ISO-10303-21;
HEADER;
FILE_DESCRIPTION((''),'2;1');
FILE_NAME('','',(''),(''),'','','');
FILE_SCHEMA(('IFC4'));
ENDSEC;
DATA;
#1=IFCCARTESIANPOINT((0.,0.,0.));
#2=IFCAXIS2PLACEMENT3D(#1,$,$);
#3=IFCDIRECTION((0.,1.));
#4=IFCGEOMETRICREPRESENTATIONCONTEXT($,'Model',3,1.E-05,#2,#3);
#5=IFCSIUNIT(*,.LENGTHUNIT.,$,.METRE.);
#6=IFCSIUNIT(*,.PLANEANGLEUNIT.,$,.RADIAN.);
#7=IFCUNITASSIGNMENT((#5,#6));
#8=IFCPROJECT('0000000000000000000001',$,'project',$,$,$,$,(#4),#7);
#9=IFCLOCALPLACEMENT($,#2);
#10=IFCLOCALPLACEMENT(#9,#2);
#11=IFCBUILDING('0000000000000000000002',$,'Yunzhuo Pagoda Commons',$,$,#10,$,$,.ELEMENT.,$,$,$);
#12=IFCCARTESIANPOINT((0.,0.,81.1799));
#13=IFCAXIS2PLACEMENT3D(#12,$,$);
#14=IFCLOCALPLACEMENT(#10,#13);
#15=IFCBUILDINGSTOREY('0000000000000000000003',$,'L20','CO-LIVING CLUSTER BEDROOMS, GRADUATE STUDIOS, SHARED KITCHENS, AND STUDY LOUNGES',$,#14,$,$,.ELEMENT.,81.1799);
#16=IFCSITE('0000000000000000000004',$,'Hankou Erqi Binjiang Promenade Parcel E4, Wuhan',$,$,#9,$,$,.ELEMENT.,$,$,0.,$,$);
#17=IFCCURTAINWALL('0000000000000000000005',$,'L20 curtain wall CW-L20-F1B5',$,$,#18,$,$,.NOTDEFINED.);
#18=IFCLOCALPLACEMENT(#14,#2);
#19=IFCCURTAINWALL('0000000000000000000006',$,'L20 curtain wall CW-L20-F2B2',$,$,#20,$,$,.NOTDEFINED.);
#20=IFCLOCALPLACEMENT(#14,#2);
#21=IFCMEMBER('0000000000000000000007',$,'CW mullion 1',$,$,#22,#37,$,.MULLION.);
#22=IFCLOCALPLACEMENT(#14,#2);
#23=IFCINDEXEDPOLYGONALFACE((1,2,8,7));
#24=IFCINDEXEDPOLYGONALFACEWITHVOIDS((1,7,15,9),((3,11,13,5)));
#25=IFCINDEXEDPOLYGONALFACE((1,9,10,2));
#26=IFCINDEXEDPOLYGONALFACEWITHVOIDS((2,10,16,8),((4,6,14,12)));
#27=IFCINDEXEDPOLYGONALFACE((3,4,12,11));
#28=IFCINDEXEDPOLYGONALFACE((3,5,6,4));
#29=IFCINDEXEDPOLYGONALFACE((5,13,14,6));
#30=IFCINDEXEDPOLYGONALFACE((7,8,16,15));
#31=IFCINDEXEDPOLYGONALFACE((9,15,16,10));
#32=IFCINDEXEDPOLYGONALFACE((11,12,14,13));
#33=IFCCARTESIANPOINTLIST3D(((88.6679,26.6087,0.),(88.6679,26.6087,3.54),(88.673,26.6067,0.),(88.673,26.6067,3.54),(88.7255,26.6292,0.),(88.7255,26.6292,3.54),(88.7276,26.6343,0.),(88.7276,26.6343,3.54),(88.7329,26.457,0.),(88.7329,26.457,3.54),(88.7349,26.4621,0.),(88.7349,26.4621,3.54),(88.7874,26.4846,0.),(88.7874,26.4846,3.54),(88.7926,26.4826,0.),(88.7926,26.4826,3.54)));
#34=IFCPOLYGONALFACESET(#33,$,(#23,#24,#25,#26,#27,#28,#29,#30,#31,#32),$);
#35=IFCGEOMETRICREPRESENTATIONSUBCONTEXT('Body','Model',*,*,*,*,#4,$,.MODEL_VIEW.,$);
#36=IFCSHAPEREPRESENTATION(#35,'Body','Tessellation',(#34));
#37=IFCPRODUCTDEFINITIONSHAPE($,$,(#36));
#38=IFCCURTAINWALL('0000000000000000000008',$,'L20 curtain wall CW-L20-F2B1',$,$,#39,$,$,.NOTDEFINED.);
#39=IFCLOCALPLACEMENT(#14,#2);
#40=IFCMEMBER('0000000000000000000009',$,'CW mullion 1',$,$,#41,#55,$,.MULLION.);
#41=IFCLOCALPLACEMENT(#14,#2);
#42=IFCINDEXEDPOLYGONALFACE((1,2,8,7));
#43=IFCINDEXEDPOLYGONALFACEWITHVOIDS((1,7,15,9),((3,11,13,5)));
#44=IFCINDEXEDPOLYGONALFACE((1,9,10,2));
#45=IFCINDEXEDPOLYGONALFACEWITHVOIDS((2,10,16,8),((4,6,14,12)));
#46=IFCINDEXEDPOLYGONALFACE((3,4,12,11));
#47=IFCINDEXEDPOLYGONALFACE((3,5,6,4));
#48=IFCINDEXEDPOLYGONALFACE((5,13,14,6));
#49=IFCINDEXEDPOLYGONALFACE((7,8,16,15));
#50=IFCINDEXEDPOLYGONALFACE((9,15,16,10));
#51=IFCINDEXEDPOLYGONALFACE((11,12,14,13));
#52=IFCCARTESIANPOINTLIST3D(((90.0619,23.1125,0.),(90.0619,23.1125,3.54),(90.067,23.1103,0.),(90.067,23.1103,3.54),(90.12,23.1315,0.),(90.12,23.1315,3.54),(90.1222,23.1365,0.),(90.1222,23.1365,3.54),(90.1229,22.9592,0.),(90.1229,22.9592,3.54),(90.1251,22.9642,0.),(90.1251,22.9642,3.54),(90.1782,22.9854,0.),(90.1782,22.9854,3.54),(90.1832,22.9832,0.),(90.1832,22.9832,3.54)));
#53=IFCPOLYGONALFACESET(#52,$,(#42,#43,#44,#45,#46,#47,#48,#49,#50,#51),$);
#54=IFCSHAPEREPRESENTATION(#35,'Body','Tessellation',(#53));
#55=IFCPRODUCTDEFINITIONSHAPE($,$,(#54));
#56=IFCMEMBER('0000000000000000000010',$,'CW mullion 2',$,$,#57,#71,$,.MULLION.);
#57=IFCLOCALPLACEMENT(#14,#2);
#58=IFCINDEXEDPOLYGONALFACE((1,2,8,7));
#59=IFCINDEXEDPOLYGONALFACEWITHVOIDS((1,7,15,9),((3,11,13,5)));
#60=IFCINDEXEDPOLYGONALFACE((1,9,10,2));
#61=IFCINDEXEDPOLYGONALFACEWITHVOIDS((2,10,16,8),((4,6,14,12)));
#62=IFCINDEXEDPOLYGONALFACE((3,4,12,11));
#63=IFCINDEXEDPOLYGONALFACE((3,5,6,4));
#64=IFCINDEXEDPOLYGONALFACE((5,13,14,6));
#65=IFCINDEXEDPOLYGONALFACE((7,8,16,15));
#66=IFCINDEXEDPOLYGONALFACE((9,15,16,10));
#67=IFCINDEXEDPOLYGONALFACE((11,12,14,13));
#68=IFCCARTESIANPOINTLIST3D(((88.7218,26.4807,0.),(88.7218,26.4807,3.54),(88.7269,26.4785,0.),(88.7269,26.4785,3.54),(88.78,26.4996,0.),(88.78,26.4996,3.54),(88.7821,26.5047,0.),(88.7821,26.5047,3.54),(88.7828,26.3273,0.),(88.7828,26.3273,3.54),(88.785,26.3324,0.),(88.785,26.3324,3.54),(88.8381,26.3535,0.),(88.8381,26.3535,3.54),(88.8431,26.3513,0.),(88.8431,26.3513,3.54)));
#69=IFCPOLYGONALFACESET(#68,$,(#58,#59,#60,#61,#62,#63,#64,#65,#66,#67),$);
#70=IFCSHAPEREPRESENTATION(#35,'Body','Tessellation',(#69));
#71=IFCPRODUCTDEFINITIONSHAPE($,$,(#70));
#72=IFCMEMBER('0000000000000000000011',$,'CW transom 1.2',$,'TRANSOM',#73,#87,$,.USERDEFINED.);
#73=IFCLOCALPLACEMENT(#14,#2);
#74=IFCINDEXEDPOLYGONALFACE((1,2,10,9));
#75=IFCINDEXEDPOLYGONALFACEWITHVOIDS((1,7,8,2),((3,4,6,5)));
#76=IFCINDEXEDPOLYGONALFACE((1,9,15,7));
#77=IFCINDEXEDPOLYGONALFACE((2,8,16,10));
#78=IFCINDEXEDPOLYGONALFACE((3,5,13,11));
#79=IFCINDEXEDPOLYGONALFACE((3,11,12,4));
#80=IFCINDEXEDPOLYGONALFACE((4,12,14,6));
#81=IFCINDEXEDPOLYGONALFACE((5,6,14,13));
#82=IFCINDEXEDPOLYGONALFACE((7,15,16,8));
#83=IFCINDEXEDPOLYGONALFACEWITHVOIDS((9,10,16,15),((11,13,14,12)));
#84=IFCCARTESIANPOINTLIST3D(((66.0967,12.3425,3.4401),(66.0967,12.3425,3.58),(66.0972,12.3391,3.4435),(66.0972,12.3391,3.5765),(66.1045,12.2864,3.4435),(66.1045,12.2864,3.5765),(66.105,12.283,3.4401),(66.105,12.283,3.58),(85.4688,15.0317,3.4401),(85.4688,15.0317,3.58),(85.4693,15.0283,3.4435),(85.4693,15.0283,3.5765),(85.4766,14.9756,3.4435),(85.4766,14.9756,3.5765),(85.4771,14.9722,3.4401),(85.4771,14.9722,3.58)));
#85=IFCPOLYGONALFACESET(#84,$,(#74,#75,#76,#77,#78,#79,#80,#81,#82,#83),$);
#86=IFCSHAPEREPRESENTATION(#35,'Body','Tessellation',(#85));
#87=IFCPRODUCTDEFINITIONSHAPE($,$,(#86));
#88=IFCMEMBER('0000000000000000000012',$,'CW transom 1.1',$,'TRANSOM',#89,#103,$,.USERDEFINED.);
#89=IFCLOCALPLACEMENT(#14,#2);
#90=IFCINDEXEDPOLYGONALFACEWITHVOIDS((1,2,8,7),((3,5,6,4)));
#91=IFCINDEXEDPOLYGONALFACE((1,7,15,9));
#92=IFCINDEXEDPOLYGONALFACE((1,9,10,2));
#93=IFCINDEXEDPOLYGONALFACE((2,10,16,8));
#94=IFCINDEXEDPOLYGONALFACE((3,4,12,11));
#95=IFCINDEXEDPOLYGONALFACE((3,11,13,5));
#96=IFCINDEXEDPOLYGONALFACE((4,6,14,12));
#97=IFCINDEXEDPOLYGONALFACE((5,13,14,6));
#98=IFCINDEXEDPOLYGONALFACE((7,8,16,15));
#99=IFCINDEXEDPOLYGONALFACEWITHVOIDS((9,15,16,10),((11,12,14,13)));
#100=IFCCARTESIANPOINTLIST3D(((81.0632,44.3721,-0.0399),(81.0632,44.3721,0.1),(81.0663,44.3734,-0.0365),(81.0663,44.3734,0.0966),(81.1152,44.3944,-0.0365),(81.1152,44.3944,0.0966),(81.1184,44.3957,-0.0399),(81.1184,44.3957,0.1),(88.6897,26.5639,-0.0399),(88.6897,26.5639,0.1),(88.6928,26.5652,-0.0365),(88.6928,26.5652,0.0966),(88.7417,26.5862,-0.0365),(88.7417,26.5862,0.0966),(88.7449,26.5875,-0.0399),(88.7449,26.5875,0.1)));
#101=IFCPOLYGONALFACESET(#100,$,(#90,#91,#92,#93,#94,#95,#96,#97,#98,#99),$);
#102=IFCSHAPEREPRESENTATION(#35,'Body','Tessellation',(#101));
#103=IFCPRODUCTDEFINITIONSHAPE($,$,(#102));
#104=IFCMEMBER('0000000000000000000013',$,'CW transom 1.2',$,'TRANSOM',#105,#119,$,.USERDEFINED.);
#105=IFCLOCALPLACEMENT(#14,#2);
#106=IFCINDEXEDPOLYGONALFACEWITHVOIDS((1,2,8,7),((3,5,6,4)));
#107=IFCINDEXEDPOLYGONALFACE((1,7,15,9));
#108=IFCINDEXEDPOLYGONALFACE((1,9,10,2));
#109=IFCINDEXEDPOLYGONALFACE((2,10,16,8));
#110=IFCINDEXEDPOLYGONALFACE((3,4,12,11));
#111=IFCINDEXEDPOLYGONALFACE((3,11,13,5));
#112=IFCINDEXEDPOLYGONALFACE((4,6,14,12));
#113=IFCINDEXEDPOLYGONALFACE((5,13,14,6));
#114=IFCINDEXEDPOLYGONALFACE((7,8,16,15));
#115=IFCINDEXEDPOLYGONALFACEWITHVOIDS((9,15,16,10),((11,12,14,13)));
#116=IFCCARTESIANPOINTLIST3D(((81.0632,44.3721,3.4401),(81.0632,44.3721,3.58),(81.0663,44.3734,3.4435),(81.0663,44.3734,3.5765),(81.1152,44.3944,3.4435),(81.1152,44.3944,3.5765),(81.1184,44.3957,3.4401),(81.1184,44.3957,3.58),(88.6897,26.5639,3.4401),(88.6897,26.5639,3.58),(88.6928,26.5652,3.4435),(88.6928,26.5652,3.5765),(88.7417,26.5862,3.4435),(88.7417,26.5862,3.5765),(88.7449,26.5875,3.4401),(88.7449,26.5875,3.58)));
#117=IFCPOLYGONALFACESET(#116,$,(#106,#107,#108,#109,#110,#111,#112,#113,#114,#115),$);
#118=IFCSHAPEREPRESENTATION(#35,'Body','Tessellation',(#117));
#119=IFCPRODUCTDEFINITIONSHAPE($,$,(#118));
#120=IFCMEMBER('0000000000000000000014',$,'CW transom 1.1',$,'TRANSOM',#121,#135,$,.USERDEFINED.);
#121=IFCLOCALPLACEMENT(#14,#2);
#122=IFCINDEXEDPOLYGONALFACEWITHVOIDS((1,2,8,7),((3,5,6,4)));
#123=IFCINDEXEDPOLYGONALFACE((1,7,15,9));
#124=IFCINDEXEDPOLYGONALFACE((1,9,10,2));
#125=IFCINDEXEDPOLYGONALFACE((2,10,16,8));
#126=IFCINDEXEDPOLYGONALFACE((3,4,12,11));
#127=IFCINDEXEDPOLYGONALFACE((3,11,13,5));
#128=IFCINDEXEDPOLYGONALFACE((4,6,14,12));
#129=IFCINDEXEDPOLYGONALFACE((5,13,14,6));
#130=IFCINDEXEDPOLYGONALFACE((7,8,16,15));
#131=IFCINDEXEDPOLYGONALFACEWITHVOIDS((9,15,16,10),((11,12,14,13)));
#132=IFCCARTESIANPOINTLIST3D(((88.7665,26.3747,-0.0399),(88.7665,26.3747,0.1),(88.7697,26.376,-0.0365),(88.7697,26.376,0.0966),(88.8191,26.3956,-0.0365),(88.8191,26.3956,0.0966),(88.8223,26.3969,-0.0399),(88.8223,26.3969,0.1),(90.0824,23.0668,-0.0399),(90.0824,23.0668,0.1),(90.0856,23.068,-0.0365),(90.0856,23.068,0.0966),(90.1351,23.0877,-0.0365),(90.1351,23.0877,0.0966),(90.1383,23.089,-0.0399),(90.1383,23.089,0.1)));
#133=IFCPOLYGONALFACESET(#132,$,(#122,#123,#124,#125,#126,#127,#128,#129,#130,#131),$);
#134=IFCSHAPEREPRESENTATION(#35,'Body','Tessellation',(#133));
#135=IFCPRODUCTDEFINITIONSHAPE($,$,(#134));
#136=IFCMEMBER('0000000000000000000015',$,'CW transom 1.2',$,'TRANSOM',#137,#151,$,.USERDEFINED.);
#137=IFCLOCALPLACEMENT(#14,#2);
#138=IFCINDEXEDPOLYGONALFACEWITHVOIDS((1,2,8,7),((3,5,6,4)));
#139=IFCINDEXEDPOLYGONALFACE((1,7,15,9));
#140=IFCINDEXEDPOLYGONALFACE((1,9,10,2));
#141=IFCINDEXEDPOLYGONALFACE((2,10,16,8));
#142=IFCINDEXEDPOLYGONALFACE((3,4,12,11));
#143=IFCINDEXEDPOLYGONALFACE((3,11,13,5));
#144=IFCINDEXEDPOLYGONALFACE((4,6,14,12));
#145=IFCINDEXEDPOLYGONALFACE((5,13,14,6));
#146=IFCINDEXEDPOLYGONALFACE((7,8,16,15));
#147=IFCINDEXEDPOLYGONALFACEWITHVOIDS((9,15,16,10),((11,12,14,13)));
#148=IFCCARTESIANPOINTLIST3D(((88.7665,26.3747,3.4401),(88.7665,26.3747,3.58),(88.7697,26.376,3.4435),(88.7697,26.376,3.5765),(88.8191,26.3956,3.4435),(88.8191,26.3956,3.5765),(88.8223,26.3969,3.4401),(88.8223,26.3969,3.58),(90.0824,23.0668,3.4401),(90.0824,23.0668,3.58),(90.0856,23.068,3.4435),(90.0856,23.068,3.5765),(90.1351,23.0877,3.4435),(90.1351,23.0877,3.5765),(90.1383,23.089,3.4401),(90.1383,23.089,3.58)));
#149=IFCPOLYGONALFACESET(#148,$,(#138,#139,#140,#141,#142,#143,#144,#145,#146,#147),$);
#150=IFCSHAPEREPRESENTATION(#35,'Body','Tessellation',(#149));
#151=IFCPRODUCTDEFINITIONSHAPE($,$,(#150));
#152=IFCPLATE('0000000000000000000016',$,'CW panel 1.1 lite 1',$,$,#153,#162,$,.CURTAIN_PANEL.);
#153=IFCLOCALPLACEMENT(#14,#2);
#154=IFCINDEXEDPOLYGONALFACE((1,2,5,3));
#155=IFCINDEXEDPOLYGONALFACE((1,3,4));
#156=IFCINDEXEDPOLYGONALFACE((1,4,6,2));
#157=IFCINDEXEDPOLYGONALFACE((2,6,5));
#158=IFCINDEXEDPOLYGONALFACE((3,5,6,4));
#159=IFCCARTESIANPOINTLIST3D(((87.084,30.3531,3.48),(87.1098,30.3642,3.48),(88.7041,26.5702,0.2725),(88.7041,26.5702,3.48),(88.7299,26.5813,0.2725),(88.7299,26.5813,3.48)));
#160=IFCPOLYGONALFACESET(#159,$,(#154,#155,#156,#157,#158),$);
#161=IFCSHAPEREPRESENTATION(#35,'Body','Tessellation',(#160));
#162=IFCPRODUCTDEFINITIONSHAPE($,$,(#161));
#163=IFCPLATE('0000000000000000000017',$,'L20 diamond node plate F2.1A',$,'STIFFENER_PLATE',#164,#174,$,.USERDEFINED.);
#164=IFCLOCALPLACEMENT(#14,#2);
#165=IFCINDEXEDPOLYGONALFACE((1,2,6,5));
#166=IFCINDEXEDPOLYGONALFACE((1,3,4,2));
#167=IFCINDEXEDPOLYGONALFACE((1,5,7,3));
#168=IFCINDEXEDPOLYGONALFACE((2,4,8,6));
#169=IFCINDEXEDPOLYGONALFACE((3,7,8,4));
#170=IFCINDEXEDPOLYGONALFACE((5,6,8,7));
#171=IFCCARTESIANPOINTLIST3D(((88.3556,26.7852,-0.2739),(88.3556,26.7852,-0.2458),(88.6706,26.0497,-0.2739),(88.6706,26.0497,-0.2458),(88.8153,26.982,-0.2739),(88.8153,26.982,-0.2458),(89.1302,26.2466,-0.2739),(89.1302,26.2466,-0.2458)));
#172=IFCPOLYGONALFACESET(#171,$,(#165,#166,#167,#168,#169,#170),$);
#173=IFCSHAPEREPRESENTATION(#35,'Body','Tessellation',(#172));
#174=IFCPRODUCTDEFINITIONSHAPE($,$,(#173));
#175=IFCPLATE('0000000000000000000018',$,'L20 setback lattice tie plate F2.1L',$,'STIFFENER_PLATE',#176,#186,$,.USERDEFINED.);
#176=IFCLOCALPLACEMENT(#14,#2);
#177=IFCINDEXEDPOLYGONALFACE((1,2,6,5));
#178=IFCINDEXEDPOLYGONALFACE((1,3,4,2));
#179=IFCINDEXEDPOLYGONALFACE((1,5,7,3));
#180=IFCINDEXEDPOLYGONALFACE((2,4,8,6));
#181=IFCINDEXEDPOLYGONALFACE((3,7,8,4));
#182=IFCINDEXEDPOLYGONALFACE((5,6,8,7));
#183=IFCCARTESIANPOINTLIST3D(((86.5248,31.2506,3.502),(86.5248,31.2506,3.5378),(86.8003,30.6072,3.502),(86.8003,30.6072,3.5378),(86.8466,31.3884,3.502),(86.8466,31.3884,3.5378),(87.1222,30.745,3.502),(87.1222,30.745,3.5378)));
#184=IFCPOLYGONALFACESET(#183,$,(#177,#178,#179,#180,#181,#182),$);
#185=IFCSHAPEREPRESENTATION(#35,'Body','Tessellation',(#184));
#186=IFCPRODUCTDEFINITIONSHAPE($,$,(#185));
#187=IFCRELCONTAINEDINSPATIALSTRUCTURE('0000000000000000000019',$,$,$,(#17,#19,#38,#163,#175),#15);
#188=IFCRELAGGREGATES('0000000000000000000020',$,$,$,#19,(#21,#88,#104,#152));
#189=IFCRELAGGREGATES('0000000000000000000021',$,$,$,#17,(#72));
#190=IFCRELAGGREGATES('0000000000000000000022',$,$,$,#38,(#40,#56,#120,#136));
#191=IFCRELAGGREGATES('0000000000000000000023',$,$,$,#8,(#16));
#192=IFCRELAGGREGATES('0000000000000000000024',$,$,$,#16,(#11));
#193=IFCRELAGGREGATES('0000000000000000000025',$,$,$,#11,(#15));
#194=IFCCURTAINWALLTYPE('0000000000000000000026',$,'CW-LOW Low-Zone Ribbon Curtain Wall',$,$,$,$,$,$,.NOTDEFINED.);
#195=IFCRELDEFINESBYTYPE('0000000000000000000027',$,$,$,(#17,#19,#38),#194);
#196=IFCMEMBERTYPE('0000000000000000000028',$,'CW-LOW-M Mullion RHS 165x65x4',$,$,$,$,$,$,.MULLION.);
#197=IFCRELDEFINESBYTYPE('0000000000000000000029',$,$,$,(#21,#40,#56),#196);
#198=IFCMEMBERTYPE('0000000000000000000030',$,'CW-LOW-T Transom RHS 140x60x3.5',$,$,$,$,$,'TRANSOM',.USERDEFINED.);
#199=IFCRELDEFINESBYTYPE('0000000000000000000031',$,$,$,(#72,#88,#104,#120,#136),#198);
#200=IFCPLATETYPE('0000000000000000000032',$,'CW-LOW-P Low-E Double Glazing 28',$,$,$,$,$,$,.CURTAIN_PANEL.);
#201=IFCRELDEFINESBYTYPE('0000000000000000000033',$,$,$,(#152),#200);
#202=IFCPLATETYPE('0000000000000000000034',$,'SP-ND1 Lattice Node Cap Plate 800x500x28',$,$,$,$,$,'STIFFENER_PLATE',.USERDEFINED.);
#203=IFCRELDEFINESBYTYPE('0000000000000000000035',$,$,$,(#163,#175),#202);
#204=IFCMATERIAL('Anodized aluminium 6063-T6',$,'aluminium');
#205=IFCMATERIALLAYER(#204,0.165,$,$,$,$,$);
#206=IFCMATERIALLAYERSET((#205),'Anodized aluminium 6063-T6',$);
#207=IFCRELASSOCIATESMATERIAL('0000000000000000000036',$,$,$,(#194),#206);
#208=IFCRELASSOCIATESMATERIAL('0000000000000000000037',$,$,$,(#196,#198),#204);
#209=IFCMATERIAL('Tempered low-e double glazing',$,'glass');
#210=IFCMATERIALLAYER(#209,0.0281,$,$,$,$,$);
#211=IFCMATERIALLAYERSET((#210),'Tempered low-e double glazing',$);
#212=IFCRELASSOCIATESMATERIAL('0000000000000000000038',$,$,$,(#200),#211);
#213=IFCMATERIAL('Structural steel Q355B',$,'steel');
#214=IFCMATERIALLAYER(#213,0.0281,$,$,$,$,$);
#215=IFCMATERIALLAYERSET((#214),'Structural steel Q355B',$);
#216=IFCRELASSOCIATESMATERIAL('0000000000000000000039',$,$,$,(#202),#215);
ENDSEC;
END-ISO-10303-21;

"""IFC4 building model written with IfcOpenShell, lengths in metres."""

from ifc_helpers import new_model, si_unit, direction, frame, origin, origin_2d, place, context, subcontext, project, spatial, polyline, rectangle, hollow_rectangle, outline, extrude, source, transform, mapped, material, layer, layer_set, material_profile, profile_set, type_object, element, aggregate, save


model = new_model("IFC4")

# Units and contexts
model_context = context("Model", 3, precision=1e-05, world=origin(), true_north=direction((0.0, 1.0)))
body_context = subcontext(model_context, "Body", "Model", "MODEL_VIEW")
ifc_project = project(units=[si_unit("LENGTHUNIT", "METRE"), si_unit("PLANEANGLEUNIT", "RADIAN")], contexts=[model_context])

# Site, building, storey
site_placement = place(None, origin())
site = spatial("IfcSite", under=ifc_project, at=site_placement, Name="Hankou Erqi Binjiang Promenade Parcel E4, Wuhan", CompositionType="ELEMENT", RefElevation=0.0)
building_placement = place(site_placement, origin())
building = spatial("IfcBuilding", under=site, at=building_placement, Name="Yunzhuo Pagoda Commons", CompositionType="ELEMENT")
storey_placement = place(building_placement, frame((0.0, 0.0, 81.1799)))
storey = spatial("IfcBuildingStorey", under=building, at=storey_placement, Name="L20", Description="CO-LIVING CLUSTER BEDROOMS, GRADUATE STUDIOS, SHARED KITCHENS, AND STUDY LOUNGES", CompositionType="ELEMENT", Elevation=81.1799)

# Shared definitions
ifc_material_1 = material(Name="Structural steel Q355B", Category="steel")

# Curtain walls, member
ifc_material_2 = material(Name="Anodized aluminium 6063-T6", Category="aluminium")
ifc_layer_1 = layer(ifc_material_2, 0.165)
ifc_layer_set_1 = layer_set([ifc_layer_1], Name="Anodized aluminium 6063-T6")
curtain_wall_type = type_object("IfcCurtainWallType", Name="CW-LOW Low-Zone Ribbon Curtain Wall", PredefinedType="NOTDEFINED", material=ifc_layer_set_1)
curtain_wall_1_placement = place(storey_placement, origin())
curtain_wall_1 = element("IfcCurtainWall", 1, at=curtain_wall_1_placement, inside=storey, type_object=curtain_wall_type, Name="L20 curtain wall CW-L20-F1B5", PredefinedType="NOTDEFINED")
ifc_material_profile_1 = material_profile(ifc_material_2, hollow_rectangle(XDim=0.0649, YDim=0.165, WallThickness=0.0039, at=origin_2d()), Name="Anodized aluminium 6063-T6")
ifc_profile_set_1 = profile_set([ifc_material_profile_1], Name="Anodized aluminium 6063-T6")
member_type_1 = type_object("IfcMemberType", Name="CW-LOW-M Mullion RHS 165x65x4", PredefinedType="MULLION", material=ifc_profile_set_1)
shared_shape_1 = source(origin(), body_context, "Body", "SweptSolid", [
    extrude(hollow_rectangle(XDim=0.0649, YDim=0.165, WallThickness=0.0039, at=origin_2d()), origin(), (0.0, 0.0, 1.0), 3.54),
])
curtain_wall_2_placement = place(storey_placement, origin())
curtain_wall_2 = element("IfcCurtainWall", 2, at=curtain_wall_2_placement, inside=storey, type_object=curtain_wall_type, Name="L20 curtain wall CW-L20-F2B2", PredefinedType="NOTDEFINED")
member_1_placement = place(storey_placement, frame((88.7302, 26.5457, 0.0), z_axis=(0.0, 0.0, 1.0), x_axis=(-0.91925, -0.393674, 0.0)))
member_1 = element("IfcMember", 3, at=member_1_placement, type_object=member_type_1, Name="CW mullion 1", PredefinedType="MULLION", context=body_context, shape_type="MappedRepresentation", body=[
    mapped(shared_shape_1, transform((0.0, 0.0, 0.0), scale=1.0)),
])

# Curtain wall, members
curtain_wall_3_placement = place(storey_placement, origin())
curtain_wall_3 = element("IfcCurtainWall", 4, at=curtain_wall_3_placement, inside=storey, type_object=curtain_wall_type, Name="L20 curtain wall CW-L20-F2B1", PredefinedType="NOTDEFINED")
member_2_placement = place(storey_placement, frame((90.1226, 23.0479, 0.0), z_axis=(0.0, 0.0, 1.0), x_axis=(-0.92917, -0.369652, 0.0)))
member_2 = element("IfcMember", 5, at=member_2_placement, type_object=member_type_1, Name="CW mullion 1", PredefinedType="MULLION", context=body_context, shape_type="MappedRepresentation", body=[
    mapped(shared_shape_1, transform((0.0, 0.0, 0.0), scale=1.0)),
])
member_3_placement = place(storey_placement, frame((88.7825, 26.416, 0.0), z_axis=(0.0, 0.0, 1.0), x_axis=(-0.92917, -0.369652, 0.0)))
member_3 = element("IfcMember", 6, at=member_3_placement, type_object=member_type_1, Name="CW mullion 2", PredefinedType="MULLION", context=body_context, shape_type="MappedRepresentation", body=[
    mapped(shared_shape_1, transform((0.0, 0.0, 0.0), scale=1.0)),
])

# Members
ifc_material_profile_2 = material_profile(ifc_material_2, hollow_rectangle(XDim=0.0601, YDim=0.1399, WallThickness=0.0034, at=origin_2d()), Name="Anodized aluminium 6063-T6")
ifc_profile_set_2 = profile_set([ifc_material_profile_2], Name="Anodized aluminium 6063-T6")
member_type_2 = type_object("IfcMemberType", Name="CW-LOW-T Transom RHS 140x60x3.5", ElementType="TRANSOM", PredefinedType="USERDEFINED", material=ifc_profile_set_2)
shared_shape_2 = source(origin(), body_context, "Body", "SweptSolid", [
    extrude(hollow_rectangle(XDim=0.0601, YDim=0.1399, WallThickness=0.0034, at=origin_2d()), origin(), (0.0, 0.0, 1.0), 19.5579),
])
member_4_placement = place(storey_placement, frame((66.1008, 12.3127, 3.51), z_axis=(0.990502, 0.1375, 0.0), x_axis=(-0.1375, 0.990502, 0.0)))
member_4 = element("IfcMember", 7, at=member_4_placement, type_object=member_type_2, Name="CW transom 1.2", ObjectType="TRANSOM", PredefinedType="USERDEFINED", context=body_context, shape_type="MappedRepresentation", body=[
    mapped(shared_shape_2, transform((0.0, 0.0, 0.0), scale=1.0)),
])
shared_shape_3 = source(origin(), body_context, "Body", "SweptSolid", [
    extrude(hollow_rectangle(XDim=0.0601, YDim=0.1399, WallThickness=0.0034, at=origin_2d()), origin(), (0.0, 0.0, 1.0), 19.3726),
])
member_5_placement = place(storey_placement, frame((88.7173, 26.5757, 0.03), z_axis=(-0.393676, 0.919249, 0.0), x_axis=(-0.919249, -0.393676, 0.0)))
member_5 = element("IfcMember", 8, at=member_5_placement, type_object=member_type_2, Name="CW transom 1.1", ObjectType="TRANSOM", PredefinedType="USERDEFINED", context=body_context, shape_type="MappedRepresentation", body=[
    mapped(shared_shape_3, transform((0.0, 0.0, 0.0), scale=1.0)),
])
member_6_placement = place(storey_placement, frame((88.7173, 26.5757, 3.51), z_axis=(-0.393676, 0.919249, 0.0), x_axis=(-0.919249, -0.393676, 0.0)))
member_6 = element("IfcMember", 9, at=member_6_placement, type_object=member_type_2, Name="CW transom 1.2", ObjectType="TRANSOM", PredefinedType="USERDEFINED", context=body_context, shape_type="MappedRepresentation", body=[
    mapped(shared_shape_3, transform((0.0, 0.0, 0.0), scale=1.0)),
])
shared_shape_4 = source(origin(), body_context, "Body", "SweptSolid", [
    extrude(hollow_rectangle(XDim=0.0601, YDim=0.1399, WallThickness=0.0034, at=origin_2d()), origin(), (0.0, 0.0, 1.0), 3.5601),
])
member_7_placement = place(storey_placement, frame((90.1104, 23.0779, 0.03), z_axis=(-0.36964, 0.929175, 0.0), x_axis=(-0.929175, -0.36964, 0.0)))
member_7 = element("IfcMember", 10, at=member_7_placement, type_object=member_type_2, Name="CW transom 1.1", ObjectType="TRANSOM", PredefinedType="USERDEFINED", context=body_context, shape_type="MappedRepresentation", body=[
    mapped(shared_shape_4, transform((0.0, 0.0, 0.0), scale=1.0)),
])
member_8_placement = place(storey_placement, frame((90.1104, 23.0779, 3.51), z_axis=(-0.36964, 0.929175, 0.0), x_axis=(-0.929175, -0.36964, 0.0)))
member_8 = element("IfcMember", 11, at=member_8_placement, type_object=member_type_2, Name="CW transom 1.2", ObjectType="TRANSOM", PredefinedType="USERDEFINED", context=body_context, shape_type="MappedRepresentation", body=[
    mapped(shared_shape_4, transform((0.0, 0.0, 0.0), scale=1.0)),
])

# Plate
ifc_material_3 = material(Name="Tempered low-e double glazing", Category="glass")
ifc_layer_2 = layer(ifc_material_3, 0.0281)
ifc_layer_set_2 = layer_set([ifc_layer_2], Name="Tempered low-e double glazing")
plate_type_1 = type_object("IfcPlateType", Name="CW-LOW-P Low-E Double Glazing 28", PredefinedType="CURTAIN_PANEL", material=ifc_layer_set_2)
plate_1_placement = place(storey_placement, frame((87.894, 28.4617, 1.8762), z_axis=(0.91925, 0.393674, 0.0), x_axis=(-0.393674, 0.91925, 0.0)))
plate_1 = element("IfcPlate", 12, at=plate_1_placement, type_object=plate_type_1, Name="CW panel 1.1 lite 1", PredefinedType="CURTAIN_PANEL", context=body_context, shape_type="SweptSolid", body=[
    extrude(outline(polyline([(-2.0576, -1.6038), (2.0576, 1.6038), (-2.0576, 1.6038), (-2.0576, -1.6038)])), origin(), (0.0, 0.0, 1.0), 0.0281),
])
aggregate(curtain_wall_2, [member_1, member_5, member_6, plate_1])

# Plates
ifc_layer_3 = layer(ifc_material_1, 0.0281)
ifc_layer_set_3 = layer_set([ifc_layer_3], Name="Structural steel Q355B")
plate_type_2 = type_object("IfcPlateType", Name="SP-ND1 Lattice Node Cap Plate 800x500x28", ElementType="STIFFENER_PLATE", PredefinedType="USERDEFINED", material=ifc_layer_set_3)
shared_shape_5 = source(origin(), body_context, "Body", "SweptSolid", [
    extrude(rectangle(XDim=0.8, YDim=0.5, at=origin_2d()), origin(), (0.0, 0.0, 1.0), 0.0281),
])
plate_2_placement = place(storey_placement, frame((88.7429, 26.5159, -0.2739), z_axis=(0.0, 0.0, 1.0), x_axis=(-0.393669, 0.919252, 0.0)))
element("IfcPlate", 13, at=plate_2_placement, inside=storey, type_object=plate_type_2, Name="L20 diamond node plate F2.1A", ObjectType="STIFFENER_PLATE", PredefinedType="USERDEFINED", context=body_context, shape_type="MappedRepresentation", body=[
    mapped(shared_shape_5, transform((0.0, 0.0, 0.0), scale=1.0)),
])
shared_shape_6 = source(origin(), body_context, "Body", "SweptSolid", [
    extrude(rectangle(XDim=0.7, YDim=0.3501, at=origin_2d()), origin(), (0.0, 0.0, 1.0), 0.0359),
])
plate_3_placement = place(storey_placement, frame((86.8235, 30.9978, 3.502), z_axis=(0.0, 0.0, 1.0), x_axis=(-0.393669, 0.919252, 0.0)))
element("IfcPlate", 14, at=plate_3_placement, inside=storey, type_object=plate_type_2, Name="L20 setback lattice tie plate F2.1L", ObjectType="STIFFENER_PLATE", PredefinedType="USERDEFINED", context=body_context, shape_type="MappedRepresentation", body=[
    mapped(shared_shape_6, transform((0.0, 0.0, 0.0), scale=1.0)),
])

aggregate(curtain_wall_1, [member_4])
aggregate(curtain_wall_3, [member_2, member_3, member_7, member_8])

save(model, "model.ifc")
